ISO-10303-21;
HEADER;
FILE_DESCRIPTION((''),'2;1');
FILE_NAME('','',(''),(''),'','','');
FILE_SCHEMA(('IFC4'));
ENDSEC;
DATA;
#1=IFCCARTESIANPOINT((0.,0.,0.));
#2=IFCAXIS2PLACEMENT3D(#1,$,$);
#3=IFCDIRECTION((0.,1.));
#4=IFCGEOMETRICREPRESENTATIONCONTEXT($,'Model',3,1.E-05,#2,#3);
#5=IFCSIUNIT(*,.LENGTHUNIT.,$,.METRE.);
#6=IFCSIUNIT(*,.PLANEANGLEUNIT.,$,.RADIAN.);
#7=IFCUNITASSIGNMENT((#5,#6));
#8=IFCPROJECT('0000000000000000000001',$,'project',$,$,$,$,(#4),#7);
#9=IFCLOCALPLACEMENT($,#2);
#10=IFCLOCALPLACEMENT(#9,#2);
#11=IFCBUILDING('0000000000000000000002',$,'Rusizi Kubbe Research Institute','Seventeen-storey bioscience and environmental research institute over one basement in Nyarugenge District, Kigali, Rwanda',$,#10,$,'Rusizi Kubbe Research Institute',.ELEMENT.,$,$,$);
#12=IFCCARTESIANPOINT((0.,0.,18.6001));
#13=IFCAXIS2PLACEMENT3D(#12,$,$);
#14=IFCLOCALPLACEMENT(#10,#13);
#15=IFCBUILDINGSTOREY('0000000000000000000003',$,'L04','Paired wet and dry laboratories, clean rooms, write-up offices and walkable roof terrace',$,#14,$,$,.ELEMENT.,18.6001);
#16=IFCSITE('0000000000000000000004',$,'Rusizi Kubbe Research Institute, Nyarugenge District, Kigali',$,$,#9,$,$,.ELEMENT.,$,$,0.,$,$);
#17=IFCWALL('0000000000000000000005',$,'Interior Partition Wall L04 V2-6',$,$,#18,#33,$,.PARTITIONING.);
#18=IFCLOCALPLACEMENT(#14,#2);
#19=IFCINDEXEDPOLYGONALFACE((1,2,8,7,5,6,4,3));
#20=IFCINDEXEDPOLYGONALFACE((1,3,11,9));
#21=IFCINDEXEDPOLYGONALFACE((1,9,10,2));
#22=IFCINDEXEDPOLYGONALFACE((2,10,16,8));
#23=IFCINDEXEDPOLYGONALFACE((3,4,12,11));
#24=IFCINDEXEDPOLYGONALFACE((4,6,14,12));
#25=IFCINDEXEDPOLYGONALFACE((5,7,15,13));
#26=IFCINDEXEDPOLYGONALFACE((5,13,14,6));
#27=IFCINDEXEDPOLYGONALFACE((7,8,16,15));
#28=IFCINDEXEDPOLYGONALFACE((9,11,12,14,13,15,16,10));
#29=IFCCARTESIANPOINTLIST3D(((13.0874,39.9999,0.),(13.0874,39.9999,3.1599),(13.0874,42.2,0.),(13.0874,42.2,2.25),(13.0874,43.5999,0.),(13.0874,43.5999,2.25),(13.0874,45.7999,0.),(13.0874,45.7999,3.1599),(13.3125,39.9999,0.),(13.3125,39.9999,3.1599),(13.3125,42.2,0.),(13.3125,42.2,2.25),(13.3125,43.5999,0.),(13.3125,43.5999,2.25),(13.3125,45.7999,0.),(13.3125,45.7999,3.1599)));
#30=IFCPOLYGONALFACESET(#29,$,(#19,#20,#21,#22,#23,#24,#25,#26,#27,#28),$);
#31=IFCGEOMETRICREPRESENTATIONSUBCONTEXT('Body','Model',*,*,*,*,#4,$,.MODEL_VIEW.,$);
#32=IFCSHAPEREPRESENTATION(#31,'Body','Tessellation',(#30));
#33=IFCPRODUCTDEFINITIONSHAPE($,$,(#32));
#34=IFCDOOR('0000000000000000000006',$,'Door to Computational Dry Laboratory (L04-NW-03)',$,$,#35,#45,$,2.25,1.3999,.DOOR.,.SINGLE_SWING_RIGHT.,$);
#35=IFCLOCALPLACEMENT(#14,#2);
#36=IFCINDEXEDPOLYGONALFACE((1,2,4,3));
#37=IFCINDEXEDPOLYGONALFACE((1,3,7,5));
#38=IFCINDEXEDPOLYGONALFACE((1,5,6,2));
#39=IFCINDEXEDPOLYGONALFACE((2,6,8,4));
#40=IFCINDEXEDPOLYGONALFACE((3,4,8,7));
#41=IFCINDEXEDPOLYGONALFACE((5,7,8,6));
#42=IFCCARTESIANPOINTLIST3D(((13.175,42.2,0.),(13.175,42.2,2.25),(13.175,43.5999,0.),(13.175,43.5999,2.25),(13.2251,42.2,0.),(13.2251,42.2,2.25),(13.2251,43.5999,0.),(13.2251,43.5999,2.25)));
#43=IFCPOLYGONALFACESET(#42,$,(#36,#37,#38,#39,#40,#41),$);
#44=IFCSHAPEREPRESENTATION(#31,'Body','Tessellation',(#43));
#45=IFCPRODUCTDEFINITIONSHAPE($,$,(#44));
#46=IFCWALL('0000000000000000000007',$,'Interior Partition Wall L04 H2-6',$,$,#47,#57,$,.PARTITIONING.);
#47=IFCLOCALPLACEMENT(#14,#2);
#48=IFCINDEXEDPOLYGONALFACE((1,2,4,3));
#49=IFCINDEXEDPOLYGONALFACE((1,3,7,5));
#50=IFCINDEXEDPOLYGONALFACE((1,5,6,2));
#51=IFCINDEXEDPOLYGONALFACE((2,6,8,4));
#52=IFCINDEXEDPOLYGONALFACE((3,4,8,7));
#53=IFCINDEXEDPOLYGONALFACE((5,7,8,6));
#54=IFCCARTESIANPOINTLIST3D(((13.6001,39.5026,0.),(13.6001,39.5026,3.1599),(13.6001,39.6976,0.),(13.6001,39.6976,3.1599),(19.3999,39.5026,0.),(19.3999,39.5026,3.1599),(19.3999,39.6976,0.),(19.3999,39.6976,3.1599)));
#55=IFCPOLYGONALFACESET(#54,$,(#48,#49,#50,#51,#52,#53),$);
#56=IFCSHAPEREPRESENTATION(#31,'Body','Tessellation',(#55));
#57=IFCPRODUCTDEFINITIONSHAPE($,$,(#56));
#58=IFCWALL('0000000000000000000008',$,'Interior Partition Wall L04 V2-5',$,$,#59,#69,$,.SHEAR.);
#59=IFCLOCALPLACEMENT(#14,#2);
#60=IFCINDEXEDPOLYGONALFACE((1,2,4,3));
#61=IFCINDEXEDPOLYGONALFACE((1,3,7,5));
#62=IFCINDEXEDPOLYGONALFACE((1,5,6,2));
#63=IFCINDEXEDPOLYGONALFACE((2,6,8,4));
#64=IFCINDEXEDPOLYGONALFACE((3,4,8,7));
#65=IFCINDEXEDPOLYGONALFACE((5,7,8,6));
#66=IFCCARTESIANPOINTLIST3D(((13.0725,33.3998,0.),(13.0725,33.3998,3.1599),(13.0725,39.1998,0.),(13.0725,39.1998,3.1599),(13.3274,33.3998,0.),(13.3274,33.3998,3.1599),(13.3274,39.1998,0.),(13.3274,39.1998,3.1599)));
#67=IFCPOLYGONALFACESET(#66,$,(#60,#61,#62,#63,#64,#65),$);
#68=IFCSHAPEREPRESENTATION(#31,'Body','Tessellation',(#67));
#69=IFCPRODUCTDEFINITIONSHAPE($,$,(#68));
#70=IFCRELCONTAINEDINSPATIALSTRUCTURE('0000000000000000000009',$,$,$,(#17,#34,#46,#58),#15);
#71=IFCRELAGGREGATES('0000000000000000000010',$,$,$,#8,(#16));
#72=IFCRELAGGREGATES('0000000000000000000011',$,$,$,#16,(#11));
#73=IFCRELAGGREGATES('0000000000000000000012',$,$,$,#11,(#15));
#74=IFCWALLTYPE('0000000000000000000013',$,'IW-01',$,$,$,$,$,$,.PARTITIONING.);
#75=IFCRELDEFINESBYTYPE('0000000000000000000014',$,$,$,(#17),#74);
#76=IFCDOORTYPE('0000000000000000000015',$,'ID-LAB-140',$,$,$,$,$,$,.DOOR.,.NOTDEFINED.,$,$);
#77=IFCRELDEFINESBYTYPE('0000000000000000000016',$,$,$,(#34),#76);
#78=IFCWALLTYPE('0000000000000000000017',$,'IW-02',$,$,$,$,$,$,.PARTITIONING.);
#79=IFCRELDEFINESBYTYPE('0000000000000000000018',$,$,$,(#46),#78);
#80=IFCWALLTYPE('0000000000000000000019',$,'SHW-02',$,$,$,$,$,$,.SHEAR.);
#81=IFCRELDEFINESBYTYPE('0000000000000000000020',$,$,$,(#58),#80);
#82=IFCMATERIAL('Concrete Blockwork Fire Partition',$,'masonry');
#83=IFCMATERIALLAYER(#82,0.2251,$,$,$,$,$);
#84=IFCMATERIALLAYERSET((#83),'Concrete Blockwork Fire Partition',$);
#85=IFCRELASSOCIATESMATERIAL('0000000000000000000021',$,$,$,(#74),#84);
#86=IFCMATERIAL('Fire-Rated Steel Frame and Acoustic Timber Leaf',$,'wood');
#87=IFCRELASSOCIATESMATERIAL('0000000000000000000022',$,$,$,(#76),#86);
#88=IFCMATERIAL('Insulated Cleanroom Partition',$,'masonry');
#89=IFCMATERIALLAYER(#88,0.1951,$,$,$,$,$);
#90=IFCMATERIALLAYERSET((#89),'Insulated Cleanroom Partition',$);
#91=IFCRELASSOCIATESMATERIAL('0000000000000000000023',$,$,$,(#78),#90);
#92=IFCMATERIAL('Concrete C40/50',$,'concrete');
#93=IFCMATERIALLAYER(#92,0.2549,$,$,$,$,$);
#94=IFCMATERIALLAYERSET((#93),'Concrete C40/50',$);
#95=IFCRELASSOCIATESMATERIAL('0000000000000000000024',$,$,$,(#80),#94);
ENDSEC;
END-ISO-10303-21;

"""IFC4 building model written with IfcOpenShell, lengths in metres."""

from ifc_helpers import new_model, si_unit, direction, frame, frame_2d, origin, place, context, subcontext, project, spatial, rectangle, extrude, material, layer, layer_set, type_object, element, fill, save


model = new_model("IFC4")

# Units and contexts
model_context = context("Model", 3, precision=1e-05, world=origin(), true_north=direction((0.0, 1.0)))
body_context = subcontext(model_context, "Body", "Model", "MODEL_VIEW")
ifc_project = project(units=[si_unit("LENGTHUNIT", "METRE"), si_unit("PLANEANGLEUNIT", "RADIAN")], contexts=[model_context])

# Site, building, storey
site_placement = place(None, origin())
site = spatial("IfcSite", under=ifc_project, at=site_placement, Name="Rusizi Kubbe Research Institute, Nyarugenge District, Kigali", CompositionType="ELEMENT", RefElevation=0.0)
building_placement = place(site_placement, origin())
building = spatial("IfcBuilding", under=site, at=building_placement, Name="Rusizi Kubbe Research Institute", Description="Seventeen-storey bioscience and environmental research institute over one basement in Nyarugenge District, Kigali, Rwanda", LongName="Rusizi Kubbe Research Institute", CompositionType="ELEMENT")
storey_placement = place(building_placement, frame((0.0, 0.0, 18.6001)))
storey = spatial("IfcBuildingStorey", under=building, at=storey_placement, Name="L04", Description="Paired wet and dry laboratories, clean rooms, write-up offices and walkable roof terrace", CompositionType="ELEMENT", Elevation=18.6001)

# Wall, opening, door
ifc_material_1 = material(Name="Concrete Blockwork Fire Partition", Category="masonry")
ifc_layer_1 = layer(ifc_material_1, 0.2251)
ifc_layer_set_1 = layer_set([ifc_layer_1], Name="Concrete Blockwork Fire Partition")
wall_type_1 = type_object("IfcWallType", Name="IW-01", PredefinedType="PARTITIONING", material=ifc_layer_set_1)
wall_1_placement = place(storey_placement, frame((13.2, 40.0, 0.0), z_axis=(0.0, 0.0, 1.0), x_axis=(0.0, 1.0, 0.0)))
wall_1 = element("IfcWall", 1, at=wall_1_placement, inside=storey, type_object=wall_type_1, Name="Interior Partition Wall L04 V2-6", PredefinedType="PARTITIONING", context=body_context, shape_type="SweptSolid", body=[
    extrude(rectangle(XDim=5.8, YDim=0.2251, at=frame_2d((2.8999, 0.0))), origin(), (0.0, 0.0, 1.0), 3.1599),
])
opening_placement = place(wall_1_placement, frame((2.2, 0.0, 0.0)))
opening = element("IfcOpeningElement", 2, at=opening_placement, cuts=wall_1, PredefinedType="OPENING", context=body_context, shape_type="SweptSolid", body=[
    extrude(rectangle(XDim=1.3999, YDim=2.25, at=frame_2d((0.7, 1.125))), frame((0.0, 0.1226, 0.0), z_axis=(0.0, -1.0, 0.0), x_axis=(1.0, 0.0, 0.0)), (0.0, 0.0, 1.0), 0.2451),
])
ifc_material_2 = material(Name="Fire-Rated Steel Frame and Acoustic Timber Leaf", Category="wood")
door_type = type_object("IfcDoorType", Name="ID-LAB-140", OperationType="NOTDEFINED", PredefinedType="DOOR", material=ifc_material_2)
door_placement = place(opening_placement, origin())
door = element("IfcDoor", 3, at=door_placement, inside=storey, type_object=door_type, Name="Door to Computational Dry Laboratory (L04-NW-03)", OperationType="SINGLE_SWING_RIGHT", OverallHeight=2.25, OverallWidth=1.3999, PredefinedType="DOOR", context=body_context, shape_type="SweptSolid", body=[
    extrude(rectangle(XDim=1.3999, YDim=2.25, at=frame_2d((0.7, 1.125))), frame((0.0, 0.0249, 0.0), z_axis=(0.0, -1.0, 0.0), x_axis=(1.0, 0.0, 0.0)), (0.0, 0.0, 1.0), 0.05),
])
fill(opening, door)

# Walls
ifc_material_3 = material(Name="Insulated Cleanroom Partition", Category="masonry")
ifc_layer_2 = layer(ifc_material_3, 0.1951)
ifc_layer_set_2 = layer_set([ifc_layer_2], Name="Insulated Cleanroom Partition")
wall_type_2 = type_object("IfcWallType", Name="IW-02", PredefinedType="PARTITIONING", material=ifc_layer_set_2)
wall_2_placement = place(storey_placement, frame((13.6001, 39.6001, 0.0), z_axis=(0.0, 0.0, 1.0), x_axis=(1.0, 0.0, 0.0)))
element("IfcWall", 4, at=wall_2_placement, inside=storey, type_object=wall_type_2, Name="Interior Partition Wall L04 H2-6", PredefinedType="PARTITIONING", context=body_context, shape_type="SweptSolid", body=[
    extrude(rectangle(XDim=5.7998, YDim=0.1951, at=frame_2d((2.8999, 0.0))), origin(), (0.0, 0.0, 1.0), 3.1599),
])
ifc_material_4 = material(Name="Concrete C40/50", Category="concrete")
ifc_layer_3 = layer(ifc_material_4, 0.2549)
ifc_layer_set_3 = layer_set([ifc_layer_3], Name="Concrete C40/50")
wall_type_3 = type_object("IfcWallType", Name="SHW-02", PredefinedType="SHEAR", material=ifc_layer_set_3)
wall_3_placement = place(storey_placement, frame((13.2, 33.3999, 0.0), z_axis=(0.0, 0.0, 1.0), x_axis=(0.0, 1.0, 0.0)))
element("IfcWall", 5, at=wall_3_placement, inside=storey, type_object=wall_type_3, Name="Interior Partition Wall L04 V2-5", PredefinedType="SHEAR", context=body_context, shape_type="SweptSolid", body=[
    extrude(rectangle(XDim=5.8, YDim=0.2549, at=frame_2d((2.8999, 0.0))), origin(), (0.0, 0.0, 1.0), 3.1599),
])

save(model, "model.ifc")
